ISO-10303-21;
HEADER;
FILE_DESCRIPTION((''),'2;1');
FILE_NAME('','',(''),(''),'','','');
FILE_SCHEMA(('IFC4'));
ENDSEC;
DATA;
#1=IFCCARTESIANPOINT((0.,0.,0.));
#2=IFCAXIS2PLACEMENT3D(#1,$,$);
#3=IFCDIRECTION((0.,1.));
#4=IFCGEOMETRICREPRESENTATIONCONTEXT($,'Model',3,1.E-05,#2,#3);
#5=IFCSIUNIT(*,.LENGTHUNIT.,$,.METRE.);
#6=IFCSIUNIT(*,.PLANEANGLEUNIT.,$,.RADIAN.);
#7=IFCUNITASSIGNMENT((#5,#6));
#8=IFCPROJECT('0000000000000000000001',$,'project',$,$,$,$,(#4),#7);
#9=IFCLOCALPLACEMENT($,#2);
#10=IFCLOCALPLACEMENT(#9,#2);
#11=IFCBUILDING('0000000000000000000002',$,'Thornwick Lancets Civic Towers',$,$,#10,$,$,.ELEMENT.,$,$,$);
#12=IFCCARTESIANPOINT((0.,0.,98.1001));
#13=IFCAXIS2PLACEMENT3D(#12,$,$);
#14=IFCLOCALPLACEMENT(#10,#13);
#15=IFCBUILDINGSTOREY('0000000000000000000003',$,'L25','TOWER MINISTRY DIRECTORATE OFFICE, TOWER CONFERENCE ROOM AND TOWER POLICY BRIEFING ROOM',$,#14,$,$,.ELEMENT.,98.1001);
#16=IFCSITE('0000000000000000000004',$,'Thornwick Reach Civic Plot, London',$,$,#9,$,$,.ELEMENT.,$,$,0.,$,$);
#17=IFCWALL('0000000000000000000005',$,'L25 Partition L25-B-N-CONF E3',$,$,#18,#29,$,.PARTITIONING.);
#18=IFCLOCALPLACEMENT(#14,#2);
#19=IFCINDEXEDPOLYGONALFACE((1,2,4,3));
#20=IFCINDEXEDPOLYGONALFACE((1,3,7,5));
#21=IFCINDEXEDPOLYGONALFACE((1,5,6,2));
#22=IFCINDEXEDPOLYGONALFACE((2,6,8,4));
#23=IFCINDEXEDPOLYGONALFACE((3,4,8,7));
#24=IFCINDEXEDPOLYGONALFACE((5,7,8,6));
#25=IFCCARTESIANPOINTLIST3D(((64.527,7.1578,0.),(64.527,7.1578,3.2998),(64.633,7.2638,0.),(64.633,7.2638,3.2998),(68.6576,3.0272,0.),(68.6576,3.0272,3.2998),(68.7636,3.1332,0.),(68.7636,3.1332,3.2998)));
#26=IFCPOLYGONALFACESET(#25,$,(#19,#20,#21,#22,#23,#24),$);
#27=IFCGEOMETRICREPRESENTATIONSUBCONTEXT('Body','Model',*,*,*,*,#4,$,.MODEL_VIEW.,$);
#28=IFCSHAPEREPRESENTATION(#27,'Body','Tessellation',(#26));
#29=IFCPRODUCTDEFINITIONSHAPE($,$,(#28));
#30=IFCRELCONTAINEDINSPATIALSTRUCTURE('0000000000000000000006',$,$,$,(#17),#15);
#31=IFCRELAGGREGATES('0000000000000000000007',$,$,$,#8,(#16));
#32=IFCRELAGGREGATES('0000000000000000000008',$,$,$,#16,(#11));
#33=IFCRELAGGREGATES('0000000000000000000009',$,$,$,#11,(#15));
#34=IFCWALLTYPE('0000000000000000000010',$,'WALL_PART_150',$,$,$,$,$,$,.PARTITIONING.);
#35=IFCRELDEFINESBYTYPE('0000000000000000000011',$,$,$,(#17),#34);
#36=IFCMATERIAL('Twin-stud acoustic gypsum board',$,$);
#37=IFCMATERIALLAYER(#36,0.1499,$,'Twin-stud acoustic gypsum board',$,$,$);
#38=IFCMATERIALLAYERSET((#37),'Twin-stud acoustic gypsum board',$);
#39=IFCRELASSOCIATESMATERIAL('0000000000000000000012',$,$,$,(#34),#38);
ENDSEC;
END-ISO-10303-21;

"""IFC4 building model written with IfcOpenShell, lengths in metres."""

from ifc_helpers import new_model, si_unit, direction, frame, frame_2d, origin, place, context, subcontext, project, spatial, rectangle, extrude, material, layer, layer_set, type_object, element, save


model = new_model("IFC4")

# Units and contexts
model_context = context("Model", 3, precision=1e-05, world=origin(), true_north=direction((0.0, 1.0)))
body_context = subcontext(model_context, "Body", "Model", "MODEL_VIEW")
ifc_project = project(units=[si_unit("LENGTHUNIT", "METRE"), si_unit("PLANEANGLEUNIT", "RADIAN")], contexts=[model_context])

# Site, building, storey
site_placement = place(None, origin())
site = spatial("IfcSite", under=ifc_project, at=site_placement, Name="Thornwick Reach Civic Plot, London", CompositionType="ELEMENT", RefElevation=0.0)
building_placement = place(site_placement, origin())
building = spatial("IfcBuilding", under=site, at=building_placement, Name="Thornwick Lancets Civic Towers", CompositionType="ELEMENT")
storey_placement = place(building_placement, frame((0.0, 0.0, 98.1001)))
storey = spatial("IfcBuildingStorey", under=building, at=storey_placement, Name="L25", Description="TOWER MINISTRY DIRECTORATE OFFICE, TOWER CONFERENCE ROOM AND TOWER POLICY BRIEFING ROOM", CompositionType="ELEMENT", Elevation=98.1001)

# Wall
ifc_material_1 = material(Name="Twin-stud acoustic gypsum board")
ifc_layer_1 = layer(ifc_material_1, 0.1499, Name="Twin-stud acoustic gypsum board")
ifc_layer_set_1 = layer_set([ifc_layer_1], Name="Twin-stud acoustic gypsum board")
wall_type_1 = type_object("IfcWallType", Name="WALL_PART_150", PredefinedType="PARTITIONING", material=ifc_layer_set_1)
wall_1_placement = place(storey_placement, frame((68.7107, 3.0801, 0.0), z_axis=(0.0, 0.0, 1.0), x_axis=(-0.707107, 0.707107, 0.0)))
element("IfcWall", 1, at=wall_1_placement, inside=storey, type_object=wall_type_1, Name="L25 Partition L25-B-N-CONF E3", PredefinedType="PARTITIONING", context=body_context, shape_type="SweptSolid", body=[
    extrude(rectangle(XDim=5.8416, YDim=0.1499, at=frame_2d((2.9209, 0.0))), origin(), (0.0, 0.0, 1.0), 3.2998),
])

save(model, "model.ifc")
